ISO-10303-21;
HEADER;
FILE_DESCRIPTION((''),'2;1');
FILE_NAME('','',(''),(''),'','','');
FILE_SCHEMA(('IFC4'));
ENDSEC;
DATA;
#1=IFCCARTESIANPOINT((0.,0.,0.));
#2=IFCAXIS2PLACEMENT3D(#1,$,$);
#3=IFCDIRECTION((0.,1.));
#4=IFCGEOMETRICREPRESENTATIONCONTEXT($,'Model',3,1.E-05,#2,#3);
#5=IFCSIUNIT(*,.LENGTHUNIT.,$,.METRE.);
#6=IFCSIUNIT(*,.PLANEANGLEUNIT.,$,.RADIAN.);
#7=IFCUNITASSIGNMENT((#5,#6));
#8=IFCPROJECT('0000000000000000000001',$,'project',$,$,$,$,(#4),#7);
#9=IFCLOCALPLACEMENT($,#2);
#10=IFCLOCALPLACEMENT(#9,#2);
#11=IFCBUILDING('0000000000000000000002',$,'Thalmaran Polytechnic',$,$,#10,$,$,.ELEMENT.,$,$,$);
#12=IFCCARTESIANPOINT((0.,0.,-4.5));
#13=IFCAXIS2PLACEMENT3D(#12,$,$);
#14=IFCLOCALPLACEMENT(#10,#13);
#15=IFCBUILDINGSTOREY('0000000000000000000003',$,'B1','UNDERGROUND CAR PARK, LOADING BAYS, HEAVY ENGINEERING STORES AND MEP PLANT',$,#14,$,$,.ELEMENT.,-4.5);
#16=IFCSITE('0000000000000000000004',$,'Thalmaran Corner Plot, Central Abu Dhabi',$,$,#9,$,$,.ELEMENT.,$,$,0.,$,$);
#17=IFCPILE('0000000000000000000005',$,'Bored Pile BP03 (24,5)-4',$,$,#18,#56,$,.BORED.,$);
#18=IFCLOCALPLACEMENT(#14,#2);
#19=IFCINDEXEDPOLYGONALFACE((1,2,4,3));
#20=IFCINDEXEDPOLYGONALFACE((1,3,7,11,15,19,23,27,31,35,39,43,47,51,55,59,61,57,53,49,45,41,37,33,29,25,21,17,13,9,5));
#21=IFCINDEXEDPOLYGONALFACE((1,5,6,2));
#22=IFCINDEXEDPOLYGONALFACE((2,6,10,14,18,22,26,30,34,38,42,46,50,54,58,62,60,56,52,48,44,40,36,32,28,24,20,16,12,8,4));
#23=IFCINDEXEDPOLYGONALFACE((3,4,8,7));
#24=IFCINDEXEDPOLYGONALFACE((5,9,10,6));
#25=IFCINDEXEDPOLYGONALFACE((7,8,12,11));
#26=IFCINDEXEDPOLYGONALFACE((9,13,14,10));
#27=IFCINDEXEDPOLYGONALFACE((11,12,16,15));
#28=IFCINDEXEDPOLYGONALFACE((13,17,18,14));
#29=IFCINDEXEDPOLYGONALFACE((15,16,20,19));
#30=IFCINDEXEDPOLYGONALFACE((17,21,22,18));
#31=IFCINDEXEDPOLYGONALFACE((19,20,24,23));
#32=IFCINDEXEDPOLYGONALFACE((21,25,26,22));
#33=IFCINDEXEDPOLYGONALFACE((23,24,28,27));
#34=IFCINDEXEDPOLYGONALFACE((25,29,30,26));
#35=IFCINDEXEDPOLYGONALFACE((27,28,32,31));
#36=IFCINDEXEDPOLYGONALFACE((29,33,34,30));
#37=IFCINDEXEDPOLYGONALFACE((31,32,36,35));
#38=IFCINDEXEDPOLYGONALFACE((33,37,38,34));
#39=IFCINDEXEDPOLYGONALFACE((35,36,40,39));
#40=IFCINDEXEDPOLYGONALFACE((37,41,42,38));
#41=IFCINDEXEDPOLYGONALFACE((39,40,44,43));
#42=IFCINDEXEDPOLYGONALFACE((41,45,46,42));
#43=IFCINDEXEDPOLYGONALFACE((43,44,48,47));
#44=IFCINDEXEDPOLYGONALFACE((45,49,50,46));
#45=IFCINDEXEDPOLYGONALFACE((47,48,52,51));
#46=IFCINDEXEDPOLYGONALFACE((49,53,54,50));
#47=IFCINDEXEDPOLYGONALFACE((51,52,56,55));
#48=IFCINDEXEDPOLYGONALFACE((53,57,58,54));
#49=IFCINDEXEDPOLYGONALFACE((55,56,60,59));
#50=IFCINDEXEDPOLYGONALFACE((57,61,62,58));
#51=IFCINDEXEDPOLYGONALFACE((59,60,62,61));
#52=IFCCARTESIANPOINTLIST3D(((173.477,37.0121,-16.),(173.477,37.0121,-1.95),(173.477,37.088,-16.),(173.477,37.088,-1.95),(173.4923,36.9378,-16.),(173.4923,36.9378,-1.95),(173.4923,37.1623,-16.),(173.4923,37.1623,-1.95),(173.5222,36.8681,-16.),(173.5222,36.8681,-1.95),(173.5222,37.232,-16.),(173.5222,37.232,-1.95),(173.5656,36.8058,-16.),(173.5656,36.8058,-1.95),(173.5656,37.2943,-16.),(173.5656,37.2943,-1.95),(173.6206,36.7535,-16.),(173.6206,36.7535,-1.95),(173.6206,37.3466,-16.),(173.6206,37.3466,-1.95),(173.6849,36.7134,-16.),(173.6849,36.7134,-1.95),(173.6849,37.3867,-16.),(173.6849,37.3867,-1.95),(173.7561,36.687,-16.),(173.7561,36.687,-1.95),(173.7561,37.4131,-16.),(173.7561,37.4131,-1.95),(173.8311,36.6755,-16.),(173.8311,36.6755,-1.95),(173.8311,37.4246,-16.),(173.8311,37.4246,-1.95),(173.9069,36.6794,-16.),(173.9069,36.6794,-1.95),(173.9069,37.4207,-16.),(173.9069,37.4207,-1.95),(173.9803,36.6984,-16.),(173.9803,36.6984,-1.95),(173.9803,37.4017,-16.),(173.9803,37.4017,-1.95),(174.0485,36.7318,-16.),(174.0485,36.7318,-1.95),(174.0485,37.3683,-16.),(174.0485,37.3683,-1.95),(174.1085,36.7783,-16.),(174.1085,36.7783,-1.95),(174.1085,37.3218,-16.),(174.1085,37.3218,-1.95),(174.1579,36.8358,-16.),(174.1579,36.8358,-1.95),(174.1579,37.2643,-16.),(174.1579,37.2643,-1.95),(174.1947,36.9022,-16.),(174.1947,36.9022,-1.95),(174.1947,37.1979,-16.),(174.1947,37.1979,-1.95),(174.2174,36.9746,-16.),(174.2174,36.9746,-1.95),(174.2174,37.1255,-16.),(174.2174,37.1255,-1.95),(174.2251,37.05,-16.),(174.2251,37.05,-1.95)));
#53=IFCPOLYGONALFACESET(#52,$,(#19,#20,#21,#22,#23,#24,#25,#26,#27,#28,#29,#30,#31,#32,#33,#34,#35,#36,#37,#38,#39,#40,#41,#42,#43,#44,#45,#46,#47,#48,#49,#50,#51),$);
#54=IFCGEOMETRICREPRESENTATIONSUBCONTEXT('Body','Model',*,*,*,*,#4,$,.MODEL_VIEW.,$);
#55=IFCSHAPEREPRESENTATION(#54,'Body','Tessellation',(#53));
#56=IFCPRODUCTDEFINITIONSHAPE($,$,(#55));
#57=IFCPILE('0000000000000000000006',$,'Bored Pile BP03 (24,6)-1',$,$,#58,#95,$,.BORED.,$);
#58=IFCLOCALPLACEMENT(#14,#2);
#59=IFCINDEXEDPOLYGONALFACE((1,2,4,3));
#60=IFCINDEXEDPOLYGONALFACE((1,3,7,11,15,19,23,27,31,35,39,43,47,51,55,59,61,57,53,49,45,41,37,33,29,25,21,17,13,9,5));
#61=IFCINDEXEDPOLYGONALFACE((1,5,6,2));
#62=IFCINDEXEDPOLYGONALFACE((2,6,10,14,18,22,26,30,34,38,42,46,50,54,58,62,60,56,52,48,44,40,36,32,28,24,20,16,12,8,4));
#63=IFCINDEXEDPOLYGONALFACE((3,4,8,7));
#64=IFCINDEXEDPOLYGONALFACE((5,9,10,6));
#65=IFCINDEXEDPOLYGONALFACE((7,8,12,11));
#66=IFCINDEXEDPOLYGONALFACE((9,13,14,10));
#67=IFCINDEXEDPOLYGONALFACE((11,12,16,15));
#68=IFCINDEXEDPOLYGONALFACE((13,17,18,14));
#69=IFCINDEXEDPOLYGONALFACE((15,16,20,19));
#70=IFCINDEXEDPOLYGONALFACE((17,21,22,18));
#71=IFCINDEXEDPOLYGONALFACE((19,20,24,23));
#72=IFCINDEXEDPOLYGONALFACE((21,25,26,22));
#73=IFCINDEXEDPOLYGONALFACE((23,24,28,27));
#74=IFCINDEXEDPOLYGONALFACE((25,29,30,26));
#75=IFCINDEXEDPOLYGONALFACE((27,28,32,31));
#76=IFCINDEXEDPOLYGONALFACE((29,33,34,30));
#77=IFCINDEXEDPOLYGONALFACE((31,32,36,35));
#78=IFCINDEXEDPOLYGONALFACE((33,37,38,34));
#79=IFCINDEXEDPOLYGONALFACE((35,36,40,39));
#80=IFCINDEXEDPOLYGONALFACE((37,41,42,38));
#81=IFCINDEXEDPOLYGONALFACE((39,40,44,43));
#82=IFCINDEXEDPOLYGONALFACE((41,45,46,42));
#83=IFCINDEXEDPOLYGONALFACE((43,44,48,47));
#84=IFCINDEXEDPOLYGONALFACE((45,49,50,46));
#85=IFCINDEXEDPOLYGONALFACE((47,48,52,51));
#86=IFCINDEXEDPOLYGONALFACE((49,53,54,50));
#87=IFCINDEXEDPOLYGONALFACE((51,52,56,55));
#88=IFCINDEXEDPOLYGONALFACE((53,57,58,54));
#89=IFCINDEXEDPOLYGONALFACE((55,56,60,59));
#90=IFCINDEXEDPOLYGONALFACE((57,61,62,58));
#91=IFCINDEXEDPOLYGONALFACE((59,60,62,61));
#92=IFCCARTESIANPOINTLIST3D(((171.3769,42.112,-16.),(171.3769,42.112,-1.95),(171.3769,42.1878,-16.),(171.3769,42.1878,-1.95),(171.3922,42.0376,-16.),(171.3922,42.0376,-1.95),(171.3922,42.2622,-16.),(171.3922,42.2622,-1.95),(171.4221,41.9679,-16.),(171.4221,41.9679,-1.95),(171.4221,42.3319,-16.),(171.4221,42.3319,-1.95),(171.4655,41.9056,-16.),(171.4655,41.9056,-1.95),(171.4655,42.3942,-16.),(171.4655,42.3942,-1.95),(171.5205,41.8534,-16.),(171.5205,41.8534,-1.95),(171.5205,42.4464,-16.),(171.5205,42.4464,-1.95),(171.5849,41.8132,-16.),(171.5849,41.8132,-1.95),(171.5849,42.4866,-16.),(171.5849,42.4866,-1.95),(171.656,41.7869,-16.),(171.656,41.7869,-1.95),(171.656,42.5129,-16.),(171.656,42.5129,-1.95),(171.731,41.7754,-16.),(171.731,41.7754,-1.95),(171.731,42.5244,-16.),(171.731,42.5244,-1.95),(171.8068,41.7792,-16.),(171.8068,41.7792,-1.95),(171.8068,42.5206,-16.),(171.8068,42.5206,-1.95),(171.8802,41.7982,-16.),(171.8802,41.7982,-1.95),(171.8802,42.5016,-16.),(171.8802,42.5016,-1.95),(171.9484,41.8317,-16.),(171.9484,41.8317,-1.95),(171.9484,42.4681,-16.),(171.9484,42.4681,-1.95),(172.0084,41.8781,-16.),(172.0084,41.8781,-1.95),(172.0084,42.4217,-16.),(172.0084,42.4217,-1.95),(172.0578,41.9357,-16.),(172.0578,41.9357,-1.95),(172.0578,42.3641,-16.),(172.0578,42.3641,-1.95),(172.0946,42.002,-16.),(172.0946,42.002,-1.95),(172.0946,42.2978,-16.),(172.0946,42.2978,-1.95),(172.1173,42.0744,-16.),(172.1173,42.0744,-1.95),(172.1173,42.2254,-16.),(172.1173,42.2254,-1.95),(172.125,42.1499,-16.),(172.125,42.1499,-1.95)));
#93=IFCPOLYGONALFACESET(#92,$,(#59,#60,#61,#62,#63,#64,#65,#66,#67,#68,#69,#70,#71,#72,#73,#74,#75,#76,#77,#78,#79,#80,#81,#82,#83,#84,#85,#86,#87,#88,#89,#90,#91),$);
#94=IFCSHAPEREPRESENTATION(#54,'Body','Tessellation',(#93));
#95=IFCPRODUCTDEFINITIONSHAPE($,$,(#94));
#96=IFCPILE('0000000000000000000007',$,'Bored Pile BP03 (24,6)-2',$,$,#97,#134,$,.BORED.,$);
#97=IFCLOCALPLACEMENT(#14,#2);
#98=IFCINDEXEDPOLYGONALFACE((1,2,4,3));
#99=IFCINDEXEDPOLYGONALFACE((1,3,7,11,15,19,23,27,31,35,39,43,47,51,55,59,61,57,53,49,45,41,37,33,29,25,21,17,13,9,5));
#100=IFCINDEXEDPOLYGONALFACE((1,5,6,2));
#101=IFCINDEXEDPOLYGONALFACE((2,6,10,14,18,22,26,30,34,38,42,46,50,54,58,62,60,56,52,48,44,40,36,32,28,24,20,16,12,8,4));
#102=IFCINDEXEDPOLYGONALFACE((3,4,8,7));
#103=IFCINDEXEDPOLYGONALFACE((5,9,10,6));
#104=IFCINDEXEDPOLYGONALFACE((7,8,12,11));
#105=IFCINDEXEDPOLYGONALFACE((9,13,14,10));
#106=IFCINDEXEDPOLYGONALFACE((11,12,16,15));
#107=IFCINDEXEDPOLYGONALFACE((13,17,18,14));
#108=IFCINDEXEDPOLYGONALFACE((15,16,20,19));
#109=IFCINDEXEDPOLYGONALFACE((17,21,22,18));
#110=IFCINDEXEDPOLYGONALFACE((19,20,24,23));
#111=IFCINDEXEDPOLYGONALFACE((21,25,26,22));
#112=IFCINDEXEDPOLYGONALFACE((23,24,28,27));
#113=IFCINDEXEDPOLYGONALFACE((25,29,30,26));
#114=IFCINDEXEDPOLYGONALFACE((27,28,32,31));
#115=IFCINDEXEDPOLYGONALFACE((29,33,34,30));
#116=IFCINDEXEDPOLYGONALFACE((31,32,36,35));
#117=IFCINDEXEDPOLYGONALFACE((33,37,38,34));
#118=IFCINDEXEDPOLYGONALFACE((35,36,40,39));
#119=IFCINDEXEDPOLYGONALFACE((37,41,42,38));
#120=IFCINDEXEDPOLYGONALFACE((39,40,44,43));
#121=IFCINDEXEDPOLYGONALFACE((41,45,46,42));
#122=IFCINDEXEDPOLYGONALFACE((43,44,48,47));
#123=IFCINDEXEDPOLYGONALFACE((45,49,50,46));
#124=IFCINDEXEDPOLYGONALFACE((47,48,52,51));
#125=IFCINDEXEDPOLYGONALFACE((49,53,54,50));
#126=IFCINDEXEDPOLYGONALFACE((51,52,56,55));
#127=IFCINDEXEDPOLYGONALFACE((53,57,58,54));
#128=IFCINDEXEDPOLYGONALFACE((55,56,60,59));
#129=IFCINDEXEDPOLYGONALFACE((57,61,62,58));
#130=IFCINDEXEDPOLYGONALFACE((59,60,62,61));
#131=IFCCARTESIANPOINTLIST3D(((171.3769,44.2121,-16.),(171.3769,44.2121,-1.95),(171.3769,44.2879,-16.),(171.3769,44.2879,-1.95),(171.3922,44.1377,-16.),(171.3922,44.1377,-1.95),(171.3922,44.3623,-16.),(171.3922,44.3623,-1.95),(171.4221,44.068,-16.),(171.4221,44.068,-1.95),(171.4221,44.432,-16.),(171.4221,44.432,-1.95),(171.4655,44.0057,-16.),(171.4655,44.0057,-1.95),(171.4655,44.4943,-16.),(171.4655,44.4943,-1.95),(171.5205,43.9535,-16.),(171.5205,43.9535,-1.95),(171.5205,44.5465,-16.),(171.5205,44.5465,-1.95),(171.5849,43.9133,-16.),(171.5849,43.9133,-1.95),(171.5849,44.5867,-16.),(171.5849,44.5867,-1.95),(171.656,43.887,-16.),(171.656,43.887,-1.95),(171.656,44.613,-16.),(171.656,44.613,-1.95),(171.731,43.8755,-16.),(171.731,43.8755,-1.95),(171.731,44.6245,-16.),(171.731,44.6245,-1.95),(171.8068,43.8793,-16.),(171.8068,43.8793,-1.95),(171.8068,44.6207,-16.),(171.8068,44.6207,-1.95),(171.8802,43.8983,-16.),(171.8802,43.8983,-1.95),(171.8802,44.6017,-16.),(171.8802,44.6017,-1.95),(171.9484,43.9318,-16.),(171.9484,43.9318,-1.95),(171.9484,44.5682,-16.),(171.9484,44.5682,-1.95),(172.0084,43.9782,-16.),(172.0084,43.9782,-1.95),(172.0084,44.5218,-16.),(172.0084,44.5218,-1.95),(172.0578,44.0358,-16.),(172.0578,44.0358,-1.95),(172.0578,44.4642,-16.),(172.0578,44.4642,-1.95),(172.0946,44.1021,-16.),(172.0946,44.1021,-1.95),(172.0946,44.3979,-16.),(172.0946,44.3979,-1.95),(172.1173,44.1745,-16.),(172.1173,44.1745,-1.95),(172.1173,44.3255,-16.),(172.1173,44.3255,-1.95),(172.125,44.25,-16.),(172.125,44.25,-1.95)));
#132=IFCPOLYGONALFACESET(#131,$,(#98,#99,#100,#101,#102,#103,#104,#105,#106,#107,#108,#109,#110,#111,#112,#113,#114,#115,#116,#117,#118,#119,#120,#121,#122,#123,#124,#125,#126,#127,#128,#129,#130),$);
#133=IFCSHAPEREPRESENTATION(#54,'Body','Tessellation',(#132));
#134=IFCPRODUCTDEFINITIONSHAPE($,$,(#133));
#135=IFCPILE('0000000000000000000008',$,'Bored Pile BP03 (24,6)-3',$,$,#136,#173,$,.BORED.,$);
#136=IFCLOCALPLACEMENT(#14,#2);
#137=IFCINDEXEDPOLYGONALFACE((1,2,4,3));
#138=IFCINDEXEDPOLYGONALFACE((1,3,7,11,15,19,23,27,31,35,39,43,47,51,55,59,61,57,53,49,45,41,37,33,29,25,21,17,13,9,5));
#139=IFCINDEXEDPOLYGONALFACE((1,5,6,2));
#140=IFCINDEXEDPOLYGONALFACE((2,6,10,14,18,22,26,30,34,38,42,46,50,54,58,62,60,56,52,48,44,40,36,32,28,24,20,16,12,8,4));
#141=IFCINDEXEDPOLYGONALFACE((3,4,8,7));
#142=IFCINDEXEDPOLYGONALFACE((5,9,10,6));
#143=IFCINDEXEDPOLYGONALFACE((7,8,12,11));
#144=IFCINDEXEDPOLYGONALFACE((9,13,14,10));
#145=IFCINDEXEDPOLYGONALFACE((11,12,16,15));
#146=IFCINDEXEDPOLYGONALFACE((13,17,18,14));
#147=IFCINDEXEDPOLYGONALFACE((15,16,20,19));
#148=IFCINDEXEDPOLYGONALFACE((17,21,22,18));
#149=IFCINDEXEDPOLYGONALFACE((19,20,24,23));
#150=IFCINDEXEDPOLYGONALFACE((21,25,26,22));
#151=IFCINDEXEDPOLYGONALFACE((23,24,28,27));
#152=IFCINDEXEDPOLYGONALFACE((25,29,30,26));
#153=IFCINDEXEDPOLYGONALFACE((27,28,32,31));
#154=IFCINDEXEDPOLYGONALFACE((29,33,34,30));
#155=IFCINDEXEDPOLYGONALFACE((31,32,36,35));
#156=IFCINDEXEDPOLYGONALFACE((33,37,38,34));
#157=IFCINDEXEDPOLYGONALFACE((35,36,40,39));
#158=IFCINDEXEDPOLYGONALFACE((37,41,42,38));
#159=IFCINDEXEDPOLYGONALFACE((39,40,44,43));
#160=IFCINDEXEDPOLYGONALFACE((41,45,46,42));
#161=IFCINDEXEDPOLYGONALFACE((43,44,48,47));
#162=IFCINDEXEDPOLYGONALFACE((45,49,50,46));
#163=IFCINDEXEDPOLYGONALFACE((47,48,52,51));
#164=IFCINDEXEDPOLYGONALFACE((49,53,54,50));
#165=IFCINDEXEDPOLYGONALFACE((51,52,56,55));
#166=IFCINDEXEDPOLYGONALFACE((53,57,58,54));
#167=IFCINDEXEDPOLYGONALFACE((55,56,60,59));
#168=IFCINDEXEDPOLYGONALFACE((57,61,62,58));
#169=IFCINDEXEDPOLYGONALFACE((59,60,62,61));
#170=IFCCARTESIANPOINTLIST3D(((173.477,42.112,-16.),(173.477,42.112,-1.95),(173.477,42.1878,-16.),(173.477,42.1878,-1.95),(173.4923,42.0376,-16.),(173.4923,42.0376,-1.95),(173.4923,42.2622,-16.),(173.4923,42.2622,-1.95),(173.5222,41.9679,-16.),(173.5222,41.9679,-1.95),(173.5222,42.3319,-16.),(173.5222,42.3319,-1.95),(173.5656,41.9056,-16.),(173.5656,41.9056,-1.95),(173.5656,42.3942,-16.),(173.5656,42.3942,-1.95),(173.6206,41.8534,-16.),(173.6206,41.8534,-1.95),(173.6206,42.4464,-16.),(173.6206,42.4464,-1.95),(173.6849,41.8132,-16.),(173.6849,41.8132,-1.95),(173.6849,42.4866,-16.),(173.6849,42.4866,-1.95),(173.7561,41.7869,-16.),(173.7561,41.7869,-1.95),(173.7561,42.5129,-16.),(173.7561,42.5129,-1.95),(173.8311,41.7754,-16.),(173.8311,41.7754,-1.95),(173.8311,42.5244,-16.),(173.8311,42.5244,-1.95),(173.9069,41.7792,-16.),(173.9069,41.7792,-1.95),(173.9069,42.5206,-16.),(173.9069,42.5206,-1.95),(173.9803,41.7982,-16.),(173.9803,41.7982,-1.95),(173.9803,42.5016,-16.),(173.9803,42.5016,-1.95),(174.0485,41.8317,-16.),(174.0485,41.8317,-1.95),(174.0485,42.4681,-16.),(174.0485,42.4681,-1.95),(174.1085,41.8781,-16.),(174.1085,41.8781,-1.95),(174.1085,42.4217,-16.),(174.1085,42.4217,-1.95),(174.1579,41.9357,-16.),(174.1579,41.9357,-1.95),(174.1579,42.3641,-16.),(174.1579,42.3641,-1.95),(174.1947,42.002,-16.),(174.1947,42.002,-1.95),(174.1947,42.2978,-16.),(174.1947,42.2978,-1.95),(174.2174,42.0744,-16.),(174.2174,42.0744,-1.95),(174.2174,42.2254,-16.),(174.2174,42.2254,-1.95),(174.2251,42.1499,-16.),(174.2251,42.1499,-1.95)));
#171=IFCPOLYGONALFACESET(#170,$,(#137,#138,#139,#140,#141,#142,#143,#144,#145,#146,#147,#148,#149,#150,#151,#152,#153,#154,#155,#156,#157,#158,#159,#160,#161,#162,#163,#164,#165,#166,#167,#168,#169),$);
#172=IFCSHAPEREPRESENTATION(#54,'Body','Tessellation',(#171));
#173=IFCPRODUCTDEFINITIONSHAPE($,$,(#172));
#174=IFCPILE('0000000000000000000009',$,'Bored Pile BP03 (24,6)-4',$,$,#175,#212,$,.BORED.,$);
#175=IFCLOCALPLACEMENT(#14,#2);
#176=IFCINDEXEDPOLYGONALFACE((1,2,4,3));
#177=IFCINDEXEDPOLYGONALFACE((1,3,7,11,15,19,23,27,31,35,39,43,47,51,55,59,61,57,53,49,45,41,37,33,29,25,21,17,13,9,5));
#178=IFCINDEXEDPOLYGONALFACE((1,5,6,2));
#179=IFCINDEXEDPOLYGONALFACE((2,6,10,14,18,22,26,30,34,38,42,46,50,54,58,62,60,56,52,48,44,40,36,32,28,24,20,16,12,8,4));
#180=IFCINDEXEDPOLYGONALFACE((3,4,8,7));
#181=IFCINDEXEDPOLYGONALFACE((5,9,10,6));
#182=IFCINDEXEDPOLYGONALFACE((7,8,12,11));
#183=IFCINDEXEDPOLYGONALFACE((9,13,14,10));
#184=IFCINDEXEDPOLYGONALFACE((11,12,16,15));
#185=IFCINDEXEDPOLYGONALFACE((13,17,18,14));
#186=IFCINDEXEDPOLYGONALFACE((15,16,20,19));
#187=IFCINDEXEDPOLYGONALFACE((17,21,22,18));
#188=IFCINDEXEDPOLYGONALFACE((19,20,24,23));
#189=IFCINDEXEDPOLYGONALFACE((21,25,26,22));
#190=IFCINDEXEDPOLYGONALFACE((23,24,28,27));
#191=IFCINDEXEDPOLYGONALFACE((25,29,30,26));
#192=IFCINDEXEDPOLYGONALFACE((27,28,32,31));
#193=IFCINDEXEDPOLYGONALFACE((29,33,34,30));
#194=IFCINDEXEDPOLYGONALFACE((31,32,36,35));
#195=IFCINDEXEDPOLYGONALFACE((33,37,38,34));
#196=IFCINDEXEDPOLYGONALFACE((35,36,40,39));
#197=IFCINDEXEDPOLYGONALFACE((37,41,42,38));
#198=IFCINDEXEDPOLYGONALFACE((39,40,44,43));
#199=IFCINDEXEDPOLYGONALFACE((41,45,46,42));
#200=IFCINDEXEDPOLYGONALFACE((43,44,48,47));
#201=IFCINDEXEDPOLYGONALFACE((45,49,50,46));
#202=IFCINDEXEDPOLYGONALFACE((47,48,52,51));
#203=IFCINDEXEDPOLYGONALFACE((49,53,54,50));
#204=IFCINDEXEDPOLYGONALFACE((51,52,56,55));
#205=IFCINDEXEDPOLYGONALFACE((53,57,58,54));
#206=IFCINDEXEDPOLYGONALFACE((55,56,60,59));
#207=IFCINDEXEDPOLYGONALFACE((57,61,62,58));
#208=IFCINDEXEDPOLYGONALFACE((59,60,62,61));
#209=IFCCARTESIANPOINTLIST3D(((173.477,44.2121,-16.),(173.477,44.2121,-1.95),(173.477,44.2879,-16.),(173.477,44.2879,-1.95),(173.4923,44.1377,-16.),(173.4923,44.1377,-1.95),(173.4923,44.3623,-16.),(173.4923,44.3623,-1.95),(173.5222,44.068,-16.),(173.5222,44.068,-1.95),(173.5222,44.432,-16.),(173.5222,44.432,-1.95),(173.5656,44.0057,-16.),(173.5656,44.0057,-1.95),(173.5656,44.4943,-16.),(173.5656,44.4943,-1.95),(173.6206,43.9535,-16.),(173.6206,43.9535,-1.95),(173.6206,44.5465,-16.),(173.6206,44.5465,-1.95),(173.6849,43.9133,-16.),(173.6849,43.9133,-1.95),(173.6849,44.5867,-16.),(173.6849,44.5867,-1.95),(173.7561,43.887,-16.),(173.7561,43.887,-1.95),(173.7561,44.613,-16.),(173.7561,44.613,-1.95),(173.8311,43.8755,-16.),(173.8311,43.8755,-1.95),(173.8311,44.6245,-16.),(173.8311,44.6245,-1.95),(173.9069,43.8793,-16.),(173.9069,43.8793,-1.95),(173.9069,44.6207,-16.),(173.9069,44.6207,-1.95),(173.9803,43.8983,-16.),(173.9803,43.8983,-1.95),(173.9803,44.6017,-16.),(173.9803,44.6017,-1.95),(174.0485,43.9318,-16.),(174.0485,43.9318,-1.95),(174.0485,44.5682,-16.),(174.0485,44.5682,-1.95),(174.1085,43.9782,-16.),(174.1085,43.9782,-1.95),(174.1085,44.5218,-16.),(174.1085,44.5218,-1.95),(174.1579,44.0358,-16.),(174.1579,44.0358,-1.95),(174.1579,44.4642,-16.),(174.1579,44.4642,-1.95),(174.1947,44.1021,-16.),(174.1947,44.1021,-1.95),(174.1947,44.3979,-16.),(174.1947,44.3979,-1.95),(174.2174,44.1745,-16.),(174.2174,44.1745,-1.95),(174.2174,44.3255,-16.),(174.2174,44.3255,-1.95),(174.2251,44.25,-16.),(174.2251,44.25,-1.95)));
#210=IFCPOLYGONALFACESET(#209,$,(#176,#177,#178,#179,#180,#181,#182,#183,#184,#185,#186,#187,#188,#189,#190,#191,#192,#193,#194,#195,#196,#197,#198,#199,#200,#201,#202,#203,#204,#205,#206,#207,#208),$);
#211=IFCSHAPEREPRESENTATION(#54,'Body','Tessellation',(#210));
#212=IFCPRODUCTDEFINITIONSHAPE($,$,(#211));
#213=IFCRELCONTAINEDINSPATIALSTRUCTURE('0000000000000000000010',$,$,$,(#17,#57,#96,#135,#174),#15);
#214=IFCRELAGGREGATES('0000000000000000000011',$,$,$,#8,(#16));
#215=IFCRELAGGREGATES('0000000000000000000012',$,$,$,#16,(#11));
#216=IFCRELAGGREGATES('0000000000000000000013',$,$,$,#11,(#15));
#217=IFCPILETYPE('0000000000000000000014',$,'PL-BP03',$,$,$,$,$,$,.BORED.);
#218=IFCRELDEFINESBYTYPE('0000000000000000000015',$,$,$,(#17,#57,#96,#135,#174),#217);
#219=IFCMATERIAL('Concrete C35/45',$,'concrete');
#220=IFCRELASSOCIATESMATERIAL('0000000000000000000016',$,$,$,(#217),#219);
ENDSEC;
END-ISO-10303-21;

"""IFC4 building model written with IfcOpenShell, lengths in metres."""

from ifc_helpers import new_model, si_unit, direction, frame, origin, origin_2d, place, context, subcontext, project, spatial, circle, extrude, material, material_profile, profile_set, type_object, element, save


model = new_model("IFC4")

# Units and contexts
model_context = context("Model", 3, precision=1e-05, world=origin(), true_north=direction((0.0, 1.0)))
body_context = subcontext(model_context, "Body", "Model", "MODEL_VIEW")
ifc_project = project(units=[si_unit("LENGTHUNIT", "METRE"), si_unit("PLANEANGLEUNIT", "RADIAN")], contexts=[model_context])

# Site, building, storey
site_placement = place(None, origin())
site = spatial("IfcSite", under=ifc_project, at=site_placement, Name="Thalmaran Corner Plot, Central Abu Dhabi", CompositionType="ELEMENT", RefElevation=0.0)
building_placement = place(site_placement, origin())
building = spatial("IfcBuilding", under=site, at=building_placement, Name="Thalmaran Polytechnic", CompositionType="ELEMENT")
storey_placement = place(building_placement, frame((0.0, 0.0, -4.5)))
storey = spatial("IfcBuildingStorey", under=building, at=storey_placement, Name="B1", Description="UNDERGROUND CAR PARK, LOADING BAYS, HEAVY ENGINEERING STORES AND MEP PLANT", CompositionType="ELEMENT", Elevation=-4.5)

# Piles
ifc_material_1 = material(Name="Concrete C35/45", Category="concrete")
ifc_material_profile_1 = material_profile(ifc_material_1, circle(Radius=0.375, at=origin_2d()), Name="RC 750 DIA")
ifc_profile_set_1 = profile_set([ifc_material_profile_1], Name="Concrete C35/45")
pile_type_1 = type_object("IfcPileType", Name="PL-BP03", PredefinedType="BORED", material=ifc_profile_set_1)
for number, where, z_axis, x_axis, name in (
    (1, (173.8501, 37.05, -1.95), (0.0, 0.0, -1.0), (1.0, 0.0, 0.0), "Bored Pile BP03 (24,5)-4"),
    (2, (171.75, 42.1499, -1.95), (0.0, 0.0, -1.0), (1.0, 0.0, 0.0), "Bored Pile BP03 (24,6)-1"),
    (3, (171.75, 44.25, -1.95), (0.0, 0.0, -1.0), (1.0, 0.0, 0.0), "Bored Pile BP03 (24,6)-2"),
    (4, (173.8501, 42.1499, -1.95), (0.0, 0.0, -1.0), (1.0, 0.0, 0.0), "Bored Pile BP03 (24,6)-3"),
    (5, (173.8501, 44.25, -1.95), (0.0, 0.0, -1.0), (1.0, 0.0, 0.0), "Bored Pile BP03 (24,6)-4"),
):
    element("IfcPile", number, at=place(storey_placement, frame(where, z_axis=z_axis, x_axis=x_axis)), inside=storey, type_object=pile_type_1, Name=name, PredefinedType="BORED", context=body_context, shape_type="SweptSolid", body=[
        extrude(circle(Radius=0.375, at=origin_2d()), origin(), (0.0, 0.0, 1.0), 14.05),
    ])

save(model, "model.ifc")
